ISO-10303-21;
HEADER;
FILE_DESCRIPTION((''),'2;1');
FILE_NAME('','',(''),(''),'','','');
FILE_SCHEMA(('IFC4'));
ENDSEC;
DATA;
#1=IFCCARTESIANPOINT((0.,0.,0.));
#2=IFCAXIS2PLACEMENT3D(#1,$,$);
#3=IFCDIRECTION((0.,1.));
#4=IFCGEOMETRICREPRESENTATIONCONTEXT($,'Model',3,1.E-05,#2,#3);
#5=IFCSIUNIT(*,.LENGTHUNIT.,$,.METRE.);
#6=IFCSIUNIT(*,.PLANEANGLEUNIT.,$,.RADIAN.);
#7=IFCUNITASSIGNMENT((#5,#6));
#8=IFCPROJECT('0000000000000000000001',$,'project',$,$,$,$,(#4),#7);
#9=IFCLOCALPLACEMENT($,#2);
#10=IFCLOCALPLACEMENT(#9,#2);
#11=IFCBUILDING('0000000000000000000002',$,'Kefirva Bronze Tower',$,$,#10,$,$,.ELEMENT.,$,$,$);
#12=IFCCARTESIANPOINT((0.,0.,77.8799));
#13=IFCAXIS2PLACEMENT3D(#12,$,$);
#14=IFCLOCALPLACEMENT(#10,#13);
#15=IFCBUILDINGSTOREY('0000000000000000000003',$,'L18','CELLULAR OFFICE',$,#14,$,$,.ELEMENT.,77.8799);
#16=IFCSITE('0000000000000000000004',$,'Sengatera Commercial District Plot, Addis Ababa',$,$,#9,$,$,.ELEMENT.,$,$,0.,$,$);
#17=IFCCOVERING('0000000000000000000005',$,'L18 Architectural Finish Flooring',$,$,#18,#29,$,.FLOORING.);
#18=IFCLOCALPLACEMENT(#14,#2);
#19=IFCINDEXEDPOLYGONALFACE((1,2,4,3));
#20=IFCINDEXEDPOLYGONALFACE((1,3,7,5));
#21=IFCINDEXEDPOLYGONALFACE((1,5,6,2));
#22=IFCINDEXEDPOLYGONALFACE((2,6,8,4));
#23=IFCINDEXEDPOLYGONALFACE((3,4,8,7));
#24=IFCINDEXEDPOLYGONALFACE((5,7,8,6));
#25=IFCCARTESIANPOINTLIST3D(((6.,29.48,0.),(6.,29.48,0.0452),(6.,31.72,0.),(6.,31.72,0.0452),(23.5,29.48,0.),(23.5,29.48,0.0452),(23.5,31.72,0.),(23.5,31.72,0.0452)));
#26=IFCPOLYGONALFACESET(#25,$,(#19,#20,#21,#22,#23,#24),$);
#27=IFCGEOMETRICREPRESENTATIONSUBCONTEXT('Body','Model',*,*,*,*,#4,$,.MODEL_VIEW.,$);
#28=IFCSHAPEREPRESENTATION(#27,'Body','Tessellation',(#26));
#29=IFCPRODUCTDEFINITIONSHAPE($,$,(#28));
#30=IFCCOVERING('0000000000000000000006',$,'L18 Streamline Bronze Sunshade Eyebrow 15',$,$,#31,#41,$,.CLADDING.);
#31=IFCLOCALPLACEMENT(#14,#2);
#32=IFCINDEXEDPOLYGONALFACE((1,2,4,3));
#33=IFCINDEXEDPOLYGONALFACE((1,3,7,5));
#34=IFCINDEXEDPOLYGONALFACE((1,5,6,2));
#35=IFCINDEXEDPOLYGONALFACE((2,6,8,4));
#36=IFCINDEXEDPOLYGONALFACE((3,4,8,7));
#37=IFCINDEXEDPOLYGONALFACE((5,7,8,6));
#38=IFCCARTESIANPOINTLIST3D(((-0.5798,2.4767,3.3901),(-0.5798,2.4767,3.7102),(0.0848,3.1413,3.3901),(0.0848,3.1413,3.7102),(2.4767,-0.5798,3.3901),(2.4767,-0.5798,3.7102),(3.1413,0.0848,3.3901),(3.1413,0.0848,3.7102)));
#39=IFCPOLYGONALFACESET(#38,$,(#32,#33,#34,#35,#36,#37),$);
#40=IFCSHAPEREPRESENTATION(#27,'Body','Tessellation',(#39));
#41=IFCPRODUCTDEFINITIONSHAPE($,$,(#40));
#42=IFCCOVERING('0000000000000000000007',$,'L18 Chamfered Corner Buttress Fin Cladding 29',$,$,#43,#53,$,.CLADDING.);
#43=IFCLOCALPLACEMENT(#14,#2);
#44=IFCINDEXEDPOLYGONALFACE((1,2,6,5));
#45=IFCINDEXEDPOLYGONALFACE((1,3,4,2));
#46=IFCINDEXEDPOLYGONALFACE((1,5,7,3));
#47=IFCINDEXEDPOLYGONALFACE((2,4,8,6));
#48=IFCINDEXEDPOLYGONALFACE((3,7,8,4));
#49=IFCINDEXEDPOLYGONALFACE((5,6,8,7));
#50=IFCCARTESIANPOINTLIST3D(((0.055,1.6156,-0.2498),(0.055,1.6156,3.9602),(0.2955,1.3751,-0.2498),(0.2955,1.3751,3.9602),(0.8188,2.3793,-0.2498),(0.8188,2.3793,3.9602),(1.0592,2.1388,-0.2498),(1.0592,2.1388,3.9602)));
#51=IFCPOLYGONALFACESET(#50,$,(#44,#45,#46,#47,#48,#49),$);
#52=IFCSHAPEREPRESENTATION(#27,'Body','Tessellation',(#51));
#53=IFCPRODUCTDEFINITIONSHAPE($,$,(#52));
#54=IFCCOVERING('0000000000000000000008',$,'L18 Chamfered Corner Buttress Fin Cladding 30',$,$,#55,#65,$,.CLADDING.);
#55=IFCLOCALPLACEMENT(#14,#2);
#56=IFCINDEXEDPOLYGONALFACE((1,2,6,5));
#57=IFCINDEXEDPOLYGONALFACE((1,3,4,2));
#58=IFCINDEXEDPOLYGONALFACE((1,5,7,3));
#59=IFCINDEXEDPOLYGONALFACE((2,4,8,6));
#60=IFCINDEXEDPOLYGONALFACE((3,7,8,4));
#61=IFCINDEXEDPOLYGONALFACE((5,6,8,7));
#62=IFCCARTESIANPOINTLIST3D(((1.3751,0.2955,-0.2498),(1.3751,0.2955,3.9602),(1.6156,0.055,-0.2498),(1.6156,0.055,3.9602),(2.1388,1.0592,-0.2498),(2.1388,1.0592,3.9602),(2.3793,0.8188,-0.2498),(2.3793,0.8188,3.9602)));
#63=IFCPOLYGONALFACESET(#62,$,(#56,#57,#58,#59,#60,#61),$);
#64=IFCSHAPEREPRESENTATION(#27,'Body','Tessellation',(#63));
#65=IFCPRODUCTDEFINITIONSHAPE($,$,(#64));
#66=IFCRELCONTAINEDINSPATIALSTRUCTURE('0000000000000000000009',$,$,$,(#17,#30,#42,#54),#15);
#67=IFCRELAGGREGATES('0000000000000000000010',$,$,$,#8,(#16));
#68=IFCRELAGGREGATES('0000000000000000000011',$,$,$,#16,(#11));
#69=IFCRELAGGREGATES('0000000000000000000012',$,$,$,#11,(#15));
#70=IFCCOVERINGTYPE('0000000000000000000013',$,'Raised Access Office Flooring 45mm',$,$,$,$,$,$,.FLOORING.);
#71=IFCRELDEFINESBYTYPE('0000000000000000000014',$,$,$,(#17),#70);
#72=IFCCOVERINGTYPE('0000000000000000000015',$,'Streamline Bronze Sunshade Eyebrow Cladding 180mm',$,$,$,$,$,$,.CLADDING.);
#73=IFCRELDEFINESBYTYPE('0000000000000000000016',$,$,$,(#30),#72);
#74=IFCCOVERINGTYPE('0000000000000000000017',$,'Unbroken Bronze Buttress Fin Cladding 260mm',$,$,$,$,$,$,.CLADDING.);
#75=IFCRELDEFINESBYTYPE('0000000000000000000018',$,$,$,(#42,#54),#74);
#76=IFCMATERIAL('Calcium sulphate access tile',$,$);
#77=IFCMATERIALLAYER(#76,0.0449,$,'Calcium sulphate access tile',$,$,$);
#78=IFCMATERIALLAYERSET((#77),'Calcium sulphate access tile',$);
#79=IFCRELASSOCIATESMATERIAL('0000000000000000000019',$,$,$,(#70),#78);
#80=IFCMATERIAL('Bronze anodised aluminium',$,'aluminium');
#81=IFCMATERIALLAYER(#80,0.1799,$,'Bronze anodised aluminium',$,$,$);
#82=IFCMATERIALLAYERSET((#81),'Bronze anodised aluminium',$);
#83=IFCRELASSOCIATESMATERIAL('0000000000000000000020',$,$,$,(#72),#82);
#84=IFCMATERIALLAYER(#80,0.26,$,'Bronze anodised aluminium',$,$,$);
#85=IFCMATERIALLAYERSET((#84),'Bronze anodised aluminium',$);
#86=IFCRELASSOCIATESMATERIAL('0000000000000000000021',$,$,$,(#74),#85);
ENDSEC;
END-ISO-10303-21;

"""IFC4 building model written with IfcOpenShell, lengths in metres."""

from ifc_helpers import new_model, si_unit, direction, frame, origin, origin_2d, place, context, subcontext, project, spatial, polyline, rectangle, outline, extrude, material, layer, layer_set, type_object, element, save


model = new_model("IFC4")

# Units and contexts
model_context = context("Model", 3, precision=1e-05, world=origin(), true_north=direction((0.0, 1.0)))
body_context = subcontext(model_context, "Body", "Model", "MODEL_VIEW")
ifc_project = project(units=[si_unit("LENGTHUNIT", "METRE"), si_unit("PLANEANGLEUNIT", "RADIAN")], contexts=[model_context])

# Site, building, storey
site_placement = place(None, origin())
site = spatial("IfcSite", under=ifc_project, at=site_placement, Name="Sengatera Commercial District Plot, Addis Ababa", CompositionType="ELEMENT", RefElevation=0.0)
building_placement = place(site_placement, origin())
building = spatial("IfcBuilding", under=site, at=building_placement, Name="Kefirva Bronze Tower", CompositionType="ELEMENT")
storey_placement = place(building_placement, frame((0.0, 0.0, 77.8799)))
storey = spatial("IfcBuildingStorey", under=building, at=storey_placement, Name="L18", Description="CELLULAR OFFICE", CompositionType="ELEMENT", Elevation=77.8799)

# Shared definitions
ifc_material_1 = material(Name="Bronze anodised aluminium", Category="aluminium")

# Coverings
ifc_material_2 = material(Name="Calcium sulphate access tile")
ifc_layer_1 = layer(ifc_material_2, 0.0449, Name="Calcium sulphate access tile")
ifc_layer_set_1 = layer_set([ifc_layer_1], Name="Calcium sulphate access tile")
covering_type_1 = type_object("IfcCoveringType", Name="Raised Access Office Flooring 45mm", PredefinedType="FLOORING", material=ifc_layer_set_1)
covering_1_placement = place(storey_placement, origin())
element("IfcCovering", 1, at=covering_1_placement, inside=storey, type_object=covering_type_1, Name="L18 Architectural Finish Flooring", PredefinedType="FLOORING", context=body_context, shape_type="SweptSolid", body=[
    extrude(outline(polyline([(6.0, 29.48), (23.5, 29.48), (23.5, 31.72), (6.0, 31.72), (6.0, 29.48)])), origin(), (0.0, 0.0, 1.0), 0.0452),
])
ifc_layer_2 = layer(ifc_material_1, 0.1799, Name="Bronze anodised aluminium")
ifc_layer_set_2 = layer_set([ifc_layer_2], Name="Bronze anodised aluminium")
covering_type_2 = type_object("IfcCoveringType", Name="Streamline Bronze Sunshade Eyebrow Cladding 180mm", PredefinedType="CLADDING", material=ifc_layer_set_2)
covering_2_placement = place(storey_placement, frame((1.2808, 1.2808, 3.3901), z_axis=(0.0, 0.0, 1.0), x_axis=(0.707107, -0.707107, 0.0)))
element("IfcCovering", 2, at=covering_2_placement, inside=storey, type_object=covering_type_2, Name="L18 Streamline Bronze Sunshade Eyebrow 15", PredefinedType="CLADDING", context=body_context, shape_type="SweptSolid", body=[
    extrude(rectangle(XDim=4.3225, YDim=0.9399, at=origin_2d()), origin(), (0.0, 0.0, 1.0), 0.3201),
])
ifc_layer_3 = layer(ifc_material_1, 0.26, Name="Bronze anodised aluminium")
ifc_layer_set_3 = layer_set([ifc_layer_3], Name="Bronze anodised aluminium")
covering_type_3 = type_object("IfcCoveringType", Name="Unbroken Bronze Buttress Fin Cladding 260mm", PredefinedType="CLADDING", material=ifc_layer_set_3)
for number, where, z_axis, x_axis, name in (
    (3, (0.5571, 1.8772, -0.2498), (0.0, 0.0, 1.0), (0.707107, -0.707107, 0.0), "L18 Chamfered Corner Buttress Fin Cladding 29"),
    (4, (1.8772, 0.5571, -0.2498), (0.0, 0.0, 1.0), (0.707107, -0.707107, 0.0), "L18 Chamfered Corner Buttress Fin Cladding 30"),
):
    element("IfcCovering", number, at=place(storey_placement, frame(where, z_axis=z_axis, x_axis=x_axis)), inside=storey, type_object=covering_type_3, Name=name, PredefinedType="CLADDING", context=body_context, shape_type="SweptSolid", body=[
        extrude(rectangle(XDim=0.3401, YDim=1.0801, at=origin_2d()), origin(), (0.0, 0.0, 1.0), 4.21),
    ])

save(model, "model.ifc")
